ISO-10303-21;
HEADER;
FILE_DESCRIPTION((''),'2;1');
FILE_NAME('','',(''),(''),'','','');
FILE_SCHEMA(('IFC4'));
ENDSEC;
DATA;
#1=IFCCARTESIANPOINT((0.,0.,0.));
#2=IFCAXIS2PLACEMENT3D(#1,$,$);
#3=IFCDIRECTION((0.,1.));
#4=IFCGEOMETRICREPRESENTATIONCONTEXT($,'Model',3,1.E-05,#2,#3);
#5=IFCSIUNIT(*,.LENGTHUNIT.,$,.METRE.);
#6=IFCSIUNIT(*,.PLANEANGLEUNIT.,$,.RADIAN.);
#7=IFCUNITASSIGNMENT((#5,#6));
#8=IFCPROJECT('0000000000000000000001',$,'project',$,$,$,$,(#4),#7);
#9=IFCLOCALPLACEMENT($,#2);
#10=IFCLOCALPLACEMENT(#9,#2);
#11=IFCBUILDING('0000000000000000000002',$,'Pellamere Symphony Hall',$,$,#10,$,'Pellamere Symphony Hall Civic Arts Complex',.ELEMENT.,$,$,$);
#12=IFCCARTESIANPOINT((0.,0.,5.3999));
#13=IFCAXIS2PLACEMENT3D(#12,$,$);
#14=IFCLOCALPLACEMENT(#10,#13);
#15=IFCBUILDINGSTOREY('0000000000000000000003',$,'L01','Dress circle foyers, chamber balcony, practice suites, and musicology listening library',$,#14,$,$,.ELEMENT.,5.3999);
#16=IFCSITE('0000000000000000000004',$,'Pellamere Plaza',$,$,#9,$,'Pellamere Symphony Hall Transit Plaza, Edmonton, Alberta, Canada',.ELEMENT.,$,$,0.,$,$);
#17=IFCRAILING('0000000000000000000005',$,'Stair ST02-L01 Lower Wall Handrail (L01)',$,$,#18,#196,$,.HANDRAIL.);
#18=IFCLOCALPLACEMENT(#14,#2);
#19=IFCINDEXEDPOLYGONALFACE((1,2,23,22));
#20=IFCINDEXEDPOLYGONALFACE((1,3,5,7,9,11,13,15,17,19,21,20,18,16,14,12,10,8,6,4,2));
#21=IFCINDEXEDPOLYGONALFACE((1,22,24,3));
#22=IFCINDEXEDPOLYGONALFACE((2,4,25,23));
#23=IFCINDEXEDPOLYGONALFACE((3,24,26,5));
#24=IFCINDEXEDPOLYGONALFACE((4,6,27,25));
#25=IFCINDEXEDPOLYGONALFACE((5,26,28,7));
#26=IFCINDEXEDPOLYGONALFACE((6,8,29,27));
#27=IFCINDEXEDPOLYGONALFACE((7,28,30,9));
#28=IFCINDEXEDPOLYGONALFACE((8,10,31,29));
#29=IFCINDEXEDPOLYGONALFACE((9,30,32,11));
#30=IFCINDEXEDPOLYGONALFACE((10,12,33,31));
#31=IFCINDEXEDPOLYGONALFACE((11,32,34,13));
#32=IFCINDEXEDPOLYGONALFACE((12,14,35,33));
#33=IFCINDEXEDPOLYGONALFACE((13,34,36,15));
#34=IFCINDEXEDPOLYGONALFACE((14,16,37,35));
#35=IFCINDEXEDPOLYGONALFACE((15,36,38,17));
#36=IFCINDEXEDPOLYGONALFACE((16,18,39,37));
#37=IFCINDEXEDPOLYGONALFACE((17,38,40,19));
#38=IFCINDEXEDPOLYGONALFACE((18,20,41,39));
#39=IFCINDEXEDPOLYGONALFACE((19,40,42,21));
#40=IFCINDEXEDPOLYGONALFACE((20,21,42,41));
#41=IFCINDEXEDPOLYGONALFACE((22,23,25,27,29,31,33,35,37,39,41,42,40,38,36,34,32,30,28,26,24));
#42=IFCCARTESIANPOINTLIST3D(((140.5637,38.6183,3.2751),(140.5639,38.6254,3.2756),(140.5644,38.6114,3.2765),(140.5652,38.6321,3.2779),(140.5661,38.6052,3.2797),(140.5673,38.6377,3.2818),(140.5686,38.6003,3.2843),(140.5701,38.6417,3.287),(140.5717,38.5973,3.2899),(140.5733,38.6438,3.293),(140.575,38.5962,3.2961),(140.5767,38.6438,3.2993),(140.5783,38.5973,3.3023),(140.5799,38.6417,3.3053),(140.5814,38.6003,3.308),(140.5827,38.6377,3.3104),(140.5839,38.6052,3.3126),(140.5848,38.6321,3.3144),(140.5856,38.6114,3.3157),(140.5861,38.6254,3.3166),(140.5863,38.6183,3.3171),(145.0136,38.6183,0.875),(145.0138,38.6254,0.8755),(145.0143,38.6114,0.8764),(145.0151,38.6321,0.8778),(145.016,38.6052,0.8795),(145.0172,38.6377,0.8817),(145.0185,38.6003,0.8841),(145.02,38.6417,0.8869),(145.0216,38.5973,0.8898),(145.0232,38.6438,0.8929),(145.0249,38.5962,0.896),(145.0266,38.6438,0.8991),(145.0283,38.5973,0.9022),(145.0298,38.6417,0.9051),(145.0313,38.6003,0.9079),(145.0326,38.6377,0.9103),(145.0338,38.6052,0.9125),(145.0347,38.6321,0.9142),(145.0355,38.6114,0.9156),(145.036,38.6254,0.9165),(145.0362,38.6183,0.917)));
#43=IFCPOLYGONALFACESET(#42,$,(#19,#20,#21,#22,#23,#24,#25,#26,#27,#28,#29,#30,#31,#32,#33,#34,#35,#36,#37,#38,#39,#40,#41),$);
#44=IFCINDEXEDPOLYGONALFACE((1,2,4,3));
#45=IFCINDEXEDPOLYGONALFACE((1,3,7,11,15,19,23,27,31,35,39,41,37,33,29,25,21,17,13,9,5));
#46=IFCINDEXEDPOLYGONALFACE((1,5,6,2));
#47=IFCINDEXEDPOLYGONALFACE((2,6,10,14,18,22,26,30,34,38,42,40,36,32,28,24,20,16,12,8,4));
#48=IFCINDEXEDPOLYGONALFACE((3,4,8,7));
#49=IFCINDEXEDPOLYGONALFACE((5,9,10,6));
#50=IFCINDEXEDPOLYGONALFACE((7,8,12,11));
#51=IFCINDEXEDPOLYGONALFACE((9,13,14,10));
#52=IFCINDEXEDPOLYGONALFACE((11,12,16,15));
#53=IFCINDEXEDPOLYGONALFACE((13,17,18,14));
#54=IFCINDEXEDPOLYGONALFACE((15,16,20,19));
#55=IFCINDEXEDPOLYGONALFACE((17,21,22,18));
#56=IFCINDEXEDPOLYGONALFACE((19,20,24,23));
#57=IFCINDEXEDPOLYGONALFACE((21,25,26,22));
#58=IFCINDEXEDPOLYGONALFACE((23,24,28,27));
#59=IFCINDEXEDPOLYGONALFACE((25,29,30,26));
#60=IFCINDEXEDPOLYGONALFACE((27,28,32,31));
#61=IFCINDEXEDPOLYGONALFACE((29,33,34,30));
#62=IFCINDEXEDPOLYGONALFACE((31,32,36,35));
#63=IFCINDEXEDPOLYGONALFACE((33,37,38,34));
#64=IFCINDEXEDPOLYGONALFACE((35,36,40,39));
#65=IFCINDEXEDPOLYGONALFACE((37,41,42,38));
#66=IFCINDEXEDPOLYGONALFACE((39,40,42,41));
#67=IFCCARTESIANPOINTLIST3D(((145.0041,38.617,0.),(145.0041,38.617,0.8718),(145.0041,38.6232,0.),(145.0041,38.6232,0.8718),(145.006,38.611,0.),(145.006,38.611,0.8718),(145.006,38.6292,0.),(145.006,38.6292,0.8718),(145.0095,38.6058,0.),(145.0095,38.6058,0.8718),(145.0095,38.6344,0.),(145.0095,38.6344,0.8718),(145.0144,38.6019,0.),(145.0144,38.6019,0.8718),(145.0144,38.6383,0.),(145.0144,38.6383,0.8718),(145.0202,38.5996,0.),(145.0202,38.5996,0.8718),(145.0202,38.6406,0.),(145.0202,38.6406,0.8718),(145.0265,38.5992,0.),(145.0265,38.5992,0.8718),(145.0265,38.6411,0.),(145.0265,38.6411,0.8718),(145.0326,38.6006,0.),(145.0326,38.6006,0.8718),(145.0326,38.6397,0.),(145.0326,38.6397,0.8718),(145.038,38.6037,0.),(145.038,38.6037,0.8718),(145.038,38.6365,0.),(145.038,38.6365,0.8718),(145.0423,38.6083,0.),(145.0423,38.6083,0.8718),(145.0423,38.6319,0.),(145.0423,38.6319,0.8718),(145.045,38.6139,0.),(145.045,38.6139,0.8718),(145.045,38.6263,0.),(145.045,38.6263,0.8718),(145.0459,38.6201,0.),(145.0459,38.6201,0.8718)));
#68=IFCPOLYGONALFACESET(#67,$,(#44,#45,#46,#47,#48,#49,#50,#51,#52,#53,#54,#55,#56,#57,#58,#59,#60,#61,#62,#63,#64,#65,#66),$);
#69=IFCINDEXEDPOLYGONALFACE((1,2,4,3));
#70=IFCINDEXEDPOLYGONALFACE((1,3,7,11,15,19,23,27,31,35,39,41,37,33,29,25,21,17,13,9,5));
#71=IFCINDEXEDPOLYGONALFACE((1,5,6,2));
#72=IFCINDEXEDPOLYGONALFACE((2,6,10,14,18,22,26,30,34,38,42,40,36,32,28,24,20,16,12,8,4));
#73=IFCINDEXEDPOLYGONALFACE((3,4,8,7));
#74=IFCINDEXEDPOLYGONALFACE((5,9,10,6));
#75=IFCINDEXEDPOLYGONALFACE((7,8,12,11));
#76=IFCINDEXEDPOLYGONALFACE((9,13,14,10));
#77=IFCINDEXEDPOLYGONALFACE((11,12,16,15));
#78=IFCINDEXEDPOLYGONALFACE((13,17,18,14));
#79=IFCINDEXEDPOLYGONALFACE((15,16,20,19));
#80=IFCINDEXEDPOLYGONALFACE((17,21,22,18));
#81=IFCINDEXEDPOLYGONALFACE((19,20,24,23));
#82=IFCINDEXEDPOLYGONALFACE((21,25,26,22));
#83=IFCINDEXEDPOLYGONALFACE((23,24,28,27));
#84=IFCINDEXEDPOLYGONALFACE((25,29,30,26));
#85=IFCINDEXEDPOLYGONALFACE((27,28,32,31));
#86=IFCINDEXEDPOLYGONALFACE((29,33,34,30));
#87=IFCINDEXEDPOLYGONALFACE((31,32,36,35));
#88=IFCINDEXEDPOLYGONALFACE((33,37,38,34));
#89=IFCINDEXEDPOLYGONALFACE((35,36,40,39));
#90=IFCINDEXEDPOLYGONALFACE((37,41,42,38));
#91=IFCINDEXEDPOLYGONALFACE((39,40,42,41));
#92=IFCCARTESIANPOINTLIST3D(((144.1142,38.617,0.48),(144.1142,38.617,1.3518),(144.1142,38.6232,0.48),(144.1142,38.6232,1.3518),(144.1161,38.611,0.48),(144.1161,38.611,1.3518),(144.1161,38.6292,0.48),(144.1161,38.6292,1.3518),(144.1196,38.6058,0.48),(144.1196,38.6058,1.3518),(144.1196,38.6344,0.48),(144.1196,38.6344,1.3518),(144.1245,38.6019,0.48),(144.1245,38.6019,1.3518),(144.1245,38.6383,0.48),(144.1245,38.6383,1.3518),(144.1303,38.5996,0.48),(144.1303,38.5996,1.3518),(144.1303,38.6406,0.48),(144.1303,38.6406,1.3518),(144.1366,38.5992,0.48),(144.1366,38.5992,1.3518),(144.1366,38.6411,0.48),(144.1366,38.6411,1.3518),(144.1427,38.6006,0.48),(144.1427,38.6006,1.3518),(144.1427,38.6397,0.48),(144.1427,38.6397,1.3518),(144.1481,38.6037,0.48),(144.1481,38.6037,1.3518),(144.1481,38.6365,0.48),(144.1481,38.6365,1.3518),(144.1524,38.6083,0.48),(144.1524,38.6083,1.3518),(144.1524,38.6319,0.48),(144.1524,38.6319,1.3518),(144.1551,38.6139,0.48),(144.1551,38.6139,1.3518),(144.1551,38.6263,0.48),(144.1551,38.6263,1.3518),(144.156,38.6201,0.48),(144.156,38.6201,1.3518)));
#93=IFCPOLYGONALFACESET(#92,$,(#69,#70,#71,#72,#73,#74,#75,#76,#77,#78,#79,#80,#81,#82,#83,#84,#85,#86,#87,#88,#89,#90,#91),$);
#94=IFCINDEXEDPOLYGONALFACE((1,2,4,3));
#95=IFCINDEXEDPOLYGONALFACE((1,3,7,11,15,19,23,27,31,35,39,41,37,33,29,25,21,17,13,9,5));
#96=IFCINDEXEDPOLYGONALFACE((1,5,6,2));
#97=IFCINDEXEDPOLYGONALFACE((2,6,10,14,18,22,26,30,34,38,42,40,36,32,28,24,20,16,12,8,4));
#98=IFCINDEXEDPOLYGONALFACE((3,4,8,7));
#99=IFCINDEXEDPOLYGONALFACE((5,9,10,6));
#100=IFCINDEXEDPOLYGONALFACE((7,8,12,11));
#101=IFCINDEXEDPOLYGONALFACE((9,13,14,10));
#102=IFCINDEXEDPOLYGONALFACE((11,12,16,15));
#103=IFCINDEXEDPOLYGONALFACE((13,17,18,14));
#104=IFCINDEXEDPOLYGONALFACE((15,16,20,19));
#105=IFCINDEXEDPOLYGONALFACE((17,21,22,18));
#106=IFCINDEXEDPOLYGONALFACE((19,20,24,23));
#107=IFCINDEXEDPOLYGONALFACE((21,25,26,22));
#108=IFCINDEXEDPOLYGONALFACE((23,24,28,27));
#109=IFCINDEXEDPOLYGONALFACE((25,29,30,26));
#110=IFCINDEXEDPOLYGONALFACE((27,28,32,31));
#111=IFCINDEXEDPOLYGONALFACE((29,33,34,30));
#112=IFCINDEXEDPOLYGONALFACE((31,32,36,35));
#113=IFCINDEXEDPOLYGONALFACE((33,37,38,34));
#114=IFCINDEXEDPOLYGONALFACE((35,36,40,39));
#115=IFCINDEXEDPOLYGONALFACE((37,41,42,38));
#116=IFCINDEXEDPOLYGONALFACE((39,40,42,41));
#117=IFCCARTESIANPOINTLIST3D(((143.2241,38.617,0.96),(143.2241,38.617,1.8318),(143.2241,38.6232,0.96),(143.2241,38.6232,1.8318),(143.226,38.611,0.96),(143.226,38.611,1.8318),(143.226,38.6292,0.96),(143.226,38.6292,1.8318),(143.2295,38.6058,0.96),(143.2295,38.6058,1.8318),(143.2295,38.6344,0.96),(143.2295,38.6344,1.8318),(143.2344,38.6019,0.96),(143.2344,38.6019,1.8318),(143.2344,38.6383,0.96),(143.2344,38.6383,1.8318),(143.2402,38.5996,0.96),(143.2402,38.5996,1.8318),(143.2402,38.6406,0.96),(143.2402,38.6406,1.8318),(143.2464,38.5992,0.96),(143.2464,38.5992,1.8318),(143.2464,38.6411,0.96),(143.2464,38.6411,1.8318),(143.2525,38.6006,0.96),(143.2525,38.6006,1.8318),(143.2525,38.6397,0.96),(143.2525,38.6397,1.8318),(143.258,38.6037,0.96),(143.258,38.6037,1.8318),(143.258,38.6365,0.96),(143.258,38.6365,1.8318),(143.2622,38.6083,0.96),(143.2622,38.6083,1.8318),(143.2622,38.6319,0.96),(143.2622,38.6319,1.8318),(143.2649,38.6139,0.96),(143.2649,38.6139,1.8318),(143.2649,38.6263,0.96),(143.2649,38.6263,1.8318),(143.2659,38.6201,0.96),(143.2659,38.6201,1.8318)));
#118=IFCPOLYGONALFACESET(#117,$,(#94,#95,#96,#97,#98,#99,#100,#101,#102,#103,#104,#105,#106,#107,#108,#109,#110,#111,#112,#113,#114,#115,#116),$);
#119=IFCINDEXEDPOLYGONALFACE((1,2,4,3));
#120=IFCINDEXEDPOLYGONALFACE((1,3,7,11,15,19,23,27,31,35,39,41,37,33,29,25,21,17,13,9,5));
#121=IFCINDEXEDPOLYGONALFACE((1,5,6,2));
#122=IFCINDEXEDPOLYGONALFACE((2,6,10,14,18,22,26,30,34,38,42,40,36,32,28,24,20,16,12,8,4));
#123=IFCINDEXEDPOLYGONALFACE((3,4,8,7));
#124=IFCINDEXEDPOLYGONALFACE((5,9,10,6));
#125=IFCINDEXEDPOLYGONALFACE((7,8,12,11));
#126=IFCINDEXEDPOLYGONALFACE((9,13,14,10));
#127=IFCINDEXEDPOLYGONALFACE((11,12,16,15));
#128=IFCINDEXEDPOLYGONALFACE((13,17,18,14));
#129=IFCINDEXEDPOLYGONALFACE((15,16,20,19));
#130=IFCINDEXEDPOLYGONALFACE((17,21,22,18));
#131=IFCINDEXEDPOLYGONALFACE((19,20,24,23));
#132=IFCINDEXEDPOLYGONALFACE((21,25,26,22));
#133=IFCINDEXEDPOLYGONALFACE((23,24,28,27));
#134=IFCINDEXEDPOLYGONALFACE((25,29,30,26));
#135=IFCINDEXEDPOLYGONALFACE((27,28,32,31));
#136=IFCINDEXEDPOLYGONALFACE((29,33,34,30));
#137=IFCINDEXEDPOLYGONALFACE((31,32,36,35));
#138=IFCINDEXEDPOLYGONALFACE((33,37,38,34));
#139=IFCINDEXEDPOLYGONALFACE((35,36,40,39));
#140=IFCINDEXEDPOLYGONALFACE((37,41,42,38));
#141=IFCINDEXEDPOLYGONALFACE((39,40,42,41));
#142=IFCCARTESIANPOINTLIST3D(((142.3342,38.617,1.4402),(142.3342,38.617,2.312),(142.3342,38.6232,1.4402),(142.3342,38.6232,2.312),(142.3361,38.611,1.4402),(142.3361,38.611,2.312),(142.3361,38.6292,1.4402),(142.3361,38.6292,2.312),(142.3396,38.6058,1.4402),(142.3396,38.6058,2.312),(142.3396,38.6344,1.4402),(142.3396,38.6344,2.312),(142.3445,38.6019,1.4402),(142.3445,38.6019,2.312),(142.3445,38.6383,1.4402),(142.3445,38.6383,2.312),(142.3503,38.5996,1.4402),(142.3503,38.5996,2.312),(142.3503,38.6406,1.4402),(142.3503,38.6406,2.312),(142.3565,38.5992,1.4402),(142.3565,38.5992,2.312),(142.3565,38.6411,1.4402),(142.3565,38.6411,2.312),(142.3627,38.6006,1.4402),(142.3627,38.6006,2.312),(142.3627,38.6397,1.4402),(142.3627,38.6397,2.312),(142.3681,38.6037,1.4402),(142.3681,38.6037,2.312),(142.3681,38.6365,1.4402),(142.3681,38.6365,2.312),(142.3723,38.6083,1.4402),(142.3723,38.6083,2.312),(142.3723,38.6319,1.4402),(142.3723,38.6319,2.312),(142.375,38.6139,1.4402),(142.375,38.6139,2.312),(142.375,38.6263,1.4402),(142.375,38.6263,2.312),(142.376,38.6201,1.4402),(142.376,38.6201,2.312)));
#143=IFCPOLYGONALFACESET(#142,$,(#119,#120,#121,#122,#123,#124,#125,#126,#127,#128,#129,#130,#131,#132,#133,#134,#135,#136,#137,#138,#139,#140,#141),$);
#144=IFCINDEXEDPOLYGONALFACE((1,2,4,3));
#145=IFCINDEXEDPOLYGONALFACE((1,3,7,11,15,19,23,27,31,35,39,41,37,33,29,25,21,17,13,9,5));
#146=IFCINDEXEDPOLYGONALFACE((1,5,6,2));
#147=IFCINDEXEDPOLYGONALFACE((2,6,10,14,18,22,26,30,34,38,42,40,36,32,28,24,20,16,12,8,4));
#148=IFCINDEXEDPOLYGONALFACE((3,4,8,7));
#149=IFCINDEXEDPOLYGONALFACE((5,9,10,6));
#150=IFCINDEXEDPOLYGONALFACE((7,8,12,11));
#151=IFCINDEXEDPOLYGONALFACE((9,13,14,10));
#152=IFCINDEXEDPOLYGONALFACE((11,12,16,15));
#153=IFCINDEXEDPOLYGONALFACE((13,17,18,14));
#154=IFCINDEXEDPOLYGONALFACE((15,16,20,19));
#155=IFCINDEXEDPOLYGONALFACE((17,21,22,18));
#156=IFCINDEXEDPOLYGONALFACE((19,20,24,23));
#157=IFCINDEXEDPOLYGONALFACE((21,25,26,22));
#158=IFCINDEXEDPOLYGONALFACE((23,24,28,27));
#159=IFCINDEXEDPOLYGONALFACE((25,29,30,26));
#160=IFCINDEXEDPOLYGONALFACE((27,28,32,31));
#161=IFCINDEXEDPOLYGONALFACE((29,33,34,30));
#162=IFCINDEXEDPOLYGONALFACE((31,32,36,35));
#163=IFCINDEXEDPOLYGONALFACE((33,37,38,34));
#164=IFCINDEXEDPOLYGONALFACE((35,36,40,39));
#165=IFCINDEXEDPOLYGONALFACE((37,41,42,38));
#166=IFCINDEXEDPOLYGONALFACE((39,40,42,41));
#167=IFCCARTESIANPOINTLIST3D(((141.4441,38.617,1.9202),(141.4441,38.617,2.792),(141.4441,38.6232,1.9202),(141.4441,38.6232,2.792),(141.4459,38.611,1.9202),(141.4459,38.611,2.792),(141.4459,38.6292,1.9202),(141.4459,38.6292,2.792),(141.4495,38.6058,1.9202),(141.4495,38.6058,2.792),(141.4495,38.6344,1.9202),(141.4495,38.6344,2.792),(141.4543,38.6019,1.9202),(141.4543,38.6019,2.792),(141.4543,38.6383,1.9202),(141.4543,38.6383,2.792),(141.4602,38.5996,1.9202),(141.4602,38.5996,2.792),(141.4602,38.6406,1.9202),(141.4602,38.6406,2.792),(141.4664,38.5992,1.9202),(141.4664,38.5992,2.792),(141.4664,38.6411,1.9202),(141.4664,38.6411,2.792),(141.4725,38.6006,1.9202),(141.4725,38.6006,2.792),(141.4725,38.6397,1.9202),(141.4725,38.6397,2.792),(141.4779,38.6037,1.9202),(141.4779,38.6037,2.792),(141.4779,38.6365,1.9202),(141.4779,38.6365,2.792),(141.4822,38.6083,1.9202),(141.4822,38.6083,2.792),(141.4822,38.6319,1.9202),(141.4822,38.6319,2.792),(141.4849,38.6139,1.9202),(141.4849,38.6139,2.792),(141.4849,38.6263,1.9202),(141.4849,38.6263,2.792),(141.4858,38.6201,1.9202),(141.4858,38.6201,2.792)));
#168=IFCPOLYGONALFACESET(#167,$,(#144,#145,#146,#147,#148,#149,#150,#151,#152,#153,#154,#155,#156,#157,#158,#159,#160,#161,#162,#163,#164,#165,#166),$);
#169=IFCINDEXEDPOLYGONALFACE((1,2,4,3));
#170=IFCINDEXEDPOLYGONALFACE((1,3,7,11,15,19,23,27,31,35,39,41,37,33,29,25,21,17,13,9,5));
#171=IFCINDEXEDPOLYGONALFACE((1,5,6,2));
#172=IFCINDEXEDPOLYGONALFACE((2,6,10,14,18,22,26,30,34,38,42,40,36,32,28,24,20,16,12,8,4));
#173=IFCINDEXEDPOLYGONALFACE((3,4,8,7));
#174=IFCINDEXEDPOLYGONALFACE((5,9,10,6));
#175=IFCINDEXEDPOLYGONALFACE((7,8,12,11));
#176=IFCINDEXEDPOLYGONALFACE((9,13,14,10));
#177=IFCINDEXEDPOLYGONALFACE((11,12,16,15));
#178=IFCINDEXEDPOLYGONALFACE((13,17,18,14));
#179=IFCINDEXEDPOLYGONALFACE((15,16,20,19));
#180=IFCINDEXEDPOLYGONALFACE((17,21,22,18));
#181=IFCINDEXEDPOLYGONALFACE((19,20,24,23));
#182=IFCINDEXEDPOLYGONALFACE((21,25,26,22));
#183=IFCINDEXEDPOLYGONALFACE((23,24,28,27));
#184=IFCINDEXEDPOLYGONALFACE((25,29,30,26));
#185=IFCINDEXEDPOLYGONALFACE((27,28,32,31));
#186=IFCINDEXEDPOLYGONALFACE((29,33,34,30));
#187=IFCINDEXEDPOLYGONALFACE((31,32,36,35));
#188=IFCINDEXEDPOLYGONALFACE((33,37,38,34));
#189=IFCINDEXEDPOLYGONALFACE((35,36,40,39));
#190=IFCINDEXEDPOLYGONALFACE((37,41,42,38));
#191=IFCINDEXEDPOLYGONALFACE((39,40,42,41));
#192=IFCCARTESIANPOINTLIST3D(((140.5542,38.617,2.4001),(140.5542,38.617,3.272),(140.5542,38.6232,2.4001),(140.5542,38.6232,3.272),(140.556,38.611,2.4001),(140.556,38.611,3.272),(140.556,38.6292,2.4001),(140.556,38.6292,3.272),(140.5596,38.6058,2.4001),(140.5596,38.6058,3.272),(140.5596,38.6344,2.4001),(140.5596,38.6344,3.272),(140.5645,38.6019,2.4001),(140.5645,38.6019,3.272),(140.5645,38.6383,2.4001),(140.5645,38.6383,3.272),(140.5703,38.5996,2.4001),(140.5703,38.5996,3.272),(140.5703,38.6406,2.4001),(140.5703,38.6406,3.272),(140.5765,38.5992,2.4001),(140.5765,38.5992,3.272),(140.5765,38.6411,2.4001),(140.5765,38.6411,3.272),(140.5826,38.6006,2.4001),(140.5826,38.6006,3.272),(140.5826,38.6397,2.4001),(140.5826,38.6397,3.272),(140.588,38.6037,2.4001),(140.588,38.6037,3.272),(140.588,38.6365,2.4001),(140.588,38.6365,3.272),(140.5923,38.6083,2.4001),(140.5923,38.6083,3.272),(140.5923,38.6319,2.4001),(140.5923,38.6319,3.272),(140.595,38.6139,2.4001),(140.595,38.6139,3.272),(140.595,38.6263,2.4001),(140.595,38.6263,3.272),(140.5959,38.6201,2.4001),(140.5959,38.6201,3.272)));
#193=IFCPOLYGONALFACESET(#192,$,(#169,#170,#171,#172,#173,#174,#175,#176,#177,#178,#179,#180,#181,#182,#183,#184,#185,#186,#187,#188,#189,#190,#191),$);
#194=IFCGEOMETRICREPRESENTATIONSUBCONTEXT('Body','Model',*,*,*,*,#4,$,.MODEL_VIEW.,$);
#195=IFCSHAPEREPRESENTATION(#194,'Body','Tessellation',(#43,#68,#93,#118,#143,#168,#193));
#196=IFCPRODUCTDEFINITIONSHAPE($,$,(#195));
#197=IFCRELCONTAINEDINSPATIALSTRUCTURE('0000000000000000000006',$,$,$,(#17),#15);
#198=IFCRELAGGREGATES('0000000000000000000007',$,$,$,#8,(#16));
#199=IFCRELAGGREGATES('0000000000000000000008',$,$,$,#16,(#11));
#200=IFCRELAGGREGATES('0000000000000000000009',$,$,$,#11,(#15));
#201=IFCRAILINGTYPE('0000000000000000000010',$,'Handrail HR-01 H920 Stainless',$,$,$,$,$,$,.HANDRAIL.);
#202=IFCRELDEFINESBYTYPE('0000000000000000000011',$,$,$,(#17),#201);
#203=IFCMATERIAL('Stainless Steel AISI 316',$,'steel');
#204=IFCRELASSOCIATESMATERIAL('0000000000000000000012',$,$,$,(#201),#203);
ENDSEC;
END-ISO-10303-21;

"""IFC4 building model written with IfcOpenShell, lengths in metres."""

from ifc_helpers import new_model, si_unit, direction, frame, origin, origin_2d, place, context, subcontext, project, spatial, circle, extrude, material, type_object, element, save


model = new_model("IFC4")

# Units and contexts
model_context = context("Model", 3, precision=1e-05, world=origin(), true_north=direction((0.0, 1.0)))
body_context = subcontext(model_context, "Body", "Model", "MODEL_VIEW")
ifc_project = project(units=[si_unit("LENGTHUNIT", "METRE"), si_unit("PLANEANGLEUNIT", "RADIAN")], contexts=[model_context])

# Site, building, storey
site_placement = place(None, origin())
site = spatial("IfcSite", under=ifc_project, at=site_placement, Name="Pellamere Plaza", LongName="Pellamere Symphony Hall Transit Plaza, Edmonton, Alberta, Canada", CompositionType="ELEMENT", RefElevation=0.0)
building_placement = place(site_placement, origin())
building = spatial("IfcBuilding", under=site, at=building_placement, Name="Pellamere Symphony Hall", LongName="Pellamere Symphony Hall Civic Arts Complex", CompositionType="ELEMENT")
storey_placement = place(building_placement, frame((0.0, 0.0, 5.3999)))
storey = spatial("IfcBuildingStorey", under=building, at=storey_placement, Name="L01", Description="Dress circle foyers, chamber balcony, practice suites, and musicology listening library", CompositionType="ELEMENT", Elevation=5.3999)

# Railing
ifc_material_1 = material(Name="Stainless Steel AISI 316", Category="steel")
railing_type_1 = type_object("IfcRailingType", Name="Handrail HR-01 H920 Stainless", PredefinedType="HANDRAIL", material=ifc_material_1)
railing_1_placement = place(storey_placement, frame((145.0249, 38.6201, 0.0)))
element("IfcRailing", 1, at=railing_1_placement, inside=storey, type_object=railing_type_1, Name="Stair ST02-L01 Lower Wall Handrail (L01)", PredefinedType="HANDRAIL", context=body_context, shape_type="SweptSolid", body=[
    extrude(circle(Radius=0.0239, at=origin_2d()), frame((0.0, 0.0, 0.896), z_axis=(-0.880139, 0.0, 0.474716), x_axis=(0.0, -1.0, 0.0)), (0.0, 0.0, 1.0), 5.0559),
    extrude(circle(Radius=0.021, at=origin_2d()), origin(), (0.0, 0.0, 1.0), 0.8718),
    extrude(circle(Radius=0.021, at=origin_2d()), frame((-0.8899, 0.0, 0.48)), (0.0, 0.0, 1.0), 0.8718),
    extrude(circle(Radius=0.021, at=origin_2d()), frame((-1.78, 0.0, 0.96)), (0.0, 0.0, 1.0), 0.8718),
    extrude(circle(Radius=0.021, at=origin_2d()), frame((-2.6699, 0.0, 1.4402)), (0.0, 0.0, 1.0), 0.8718),
    extrude(circle(Radius=0.021, at=origin_2d()), frame((-3.5601, 0.0, 1.9202)), (0.0, 0.0, 1.0), 0.8718),
    extrude(circle(Radius=0.021, at=origin_2d()), frame((-4.45, 0.0, 2.4001)), (0.0, 0.0, 1.0), 0.8718),
])

save(model, "model.ifc")
